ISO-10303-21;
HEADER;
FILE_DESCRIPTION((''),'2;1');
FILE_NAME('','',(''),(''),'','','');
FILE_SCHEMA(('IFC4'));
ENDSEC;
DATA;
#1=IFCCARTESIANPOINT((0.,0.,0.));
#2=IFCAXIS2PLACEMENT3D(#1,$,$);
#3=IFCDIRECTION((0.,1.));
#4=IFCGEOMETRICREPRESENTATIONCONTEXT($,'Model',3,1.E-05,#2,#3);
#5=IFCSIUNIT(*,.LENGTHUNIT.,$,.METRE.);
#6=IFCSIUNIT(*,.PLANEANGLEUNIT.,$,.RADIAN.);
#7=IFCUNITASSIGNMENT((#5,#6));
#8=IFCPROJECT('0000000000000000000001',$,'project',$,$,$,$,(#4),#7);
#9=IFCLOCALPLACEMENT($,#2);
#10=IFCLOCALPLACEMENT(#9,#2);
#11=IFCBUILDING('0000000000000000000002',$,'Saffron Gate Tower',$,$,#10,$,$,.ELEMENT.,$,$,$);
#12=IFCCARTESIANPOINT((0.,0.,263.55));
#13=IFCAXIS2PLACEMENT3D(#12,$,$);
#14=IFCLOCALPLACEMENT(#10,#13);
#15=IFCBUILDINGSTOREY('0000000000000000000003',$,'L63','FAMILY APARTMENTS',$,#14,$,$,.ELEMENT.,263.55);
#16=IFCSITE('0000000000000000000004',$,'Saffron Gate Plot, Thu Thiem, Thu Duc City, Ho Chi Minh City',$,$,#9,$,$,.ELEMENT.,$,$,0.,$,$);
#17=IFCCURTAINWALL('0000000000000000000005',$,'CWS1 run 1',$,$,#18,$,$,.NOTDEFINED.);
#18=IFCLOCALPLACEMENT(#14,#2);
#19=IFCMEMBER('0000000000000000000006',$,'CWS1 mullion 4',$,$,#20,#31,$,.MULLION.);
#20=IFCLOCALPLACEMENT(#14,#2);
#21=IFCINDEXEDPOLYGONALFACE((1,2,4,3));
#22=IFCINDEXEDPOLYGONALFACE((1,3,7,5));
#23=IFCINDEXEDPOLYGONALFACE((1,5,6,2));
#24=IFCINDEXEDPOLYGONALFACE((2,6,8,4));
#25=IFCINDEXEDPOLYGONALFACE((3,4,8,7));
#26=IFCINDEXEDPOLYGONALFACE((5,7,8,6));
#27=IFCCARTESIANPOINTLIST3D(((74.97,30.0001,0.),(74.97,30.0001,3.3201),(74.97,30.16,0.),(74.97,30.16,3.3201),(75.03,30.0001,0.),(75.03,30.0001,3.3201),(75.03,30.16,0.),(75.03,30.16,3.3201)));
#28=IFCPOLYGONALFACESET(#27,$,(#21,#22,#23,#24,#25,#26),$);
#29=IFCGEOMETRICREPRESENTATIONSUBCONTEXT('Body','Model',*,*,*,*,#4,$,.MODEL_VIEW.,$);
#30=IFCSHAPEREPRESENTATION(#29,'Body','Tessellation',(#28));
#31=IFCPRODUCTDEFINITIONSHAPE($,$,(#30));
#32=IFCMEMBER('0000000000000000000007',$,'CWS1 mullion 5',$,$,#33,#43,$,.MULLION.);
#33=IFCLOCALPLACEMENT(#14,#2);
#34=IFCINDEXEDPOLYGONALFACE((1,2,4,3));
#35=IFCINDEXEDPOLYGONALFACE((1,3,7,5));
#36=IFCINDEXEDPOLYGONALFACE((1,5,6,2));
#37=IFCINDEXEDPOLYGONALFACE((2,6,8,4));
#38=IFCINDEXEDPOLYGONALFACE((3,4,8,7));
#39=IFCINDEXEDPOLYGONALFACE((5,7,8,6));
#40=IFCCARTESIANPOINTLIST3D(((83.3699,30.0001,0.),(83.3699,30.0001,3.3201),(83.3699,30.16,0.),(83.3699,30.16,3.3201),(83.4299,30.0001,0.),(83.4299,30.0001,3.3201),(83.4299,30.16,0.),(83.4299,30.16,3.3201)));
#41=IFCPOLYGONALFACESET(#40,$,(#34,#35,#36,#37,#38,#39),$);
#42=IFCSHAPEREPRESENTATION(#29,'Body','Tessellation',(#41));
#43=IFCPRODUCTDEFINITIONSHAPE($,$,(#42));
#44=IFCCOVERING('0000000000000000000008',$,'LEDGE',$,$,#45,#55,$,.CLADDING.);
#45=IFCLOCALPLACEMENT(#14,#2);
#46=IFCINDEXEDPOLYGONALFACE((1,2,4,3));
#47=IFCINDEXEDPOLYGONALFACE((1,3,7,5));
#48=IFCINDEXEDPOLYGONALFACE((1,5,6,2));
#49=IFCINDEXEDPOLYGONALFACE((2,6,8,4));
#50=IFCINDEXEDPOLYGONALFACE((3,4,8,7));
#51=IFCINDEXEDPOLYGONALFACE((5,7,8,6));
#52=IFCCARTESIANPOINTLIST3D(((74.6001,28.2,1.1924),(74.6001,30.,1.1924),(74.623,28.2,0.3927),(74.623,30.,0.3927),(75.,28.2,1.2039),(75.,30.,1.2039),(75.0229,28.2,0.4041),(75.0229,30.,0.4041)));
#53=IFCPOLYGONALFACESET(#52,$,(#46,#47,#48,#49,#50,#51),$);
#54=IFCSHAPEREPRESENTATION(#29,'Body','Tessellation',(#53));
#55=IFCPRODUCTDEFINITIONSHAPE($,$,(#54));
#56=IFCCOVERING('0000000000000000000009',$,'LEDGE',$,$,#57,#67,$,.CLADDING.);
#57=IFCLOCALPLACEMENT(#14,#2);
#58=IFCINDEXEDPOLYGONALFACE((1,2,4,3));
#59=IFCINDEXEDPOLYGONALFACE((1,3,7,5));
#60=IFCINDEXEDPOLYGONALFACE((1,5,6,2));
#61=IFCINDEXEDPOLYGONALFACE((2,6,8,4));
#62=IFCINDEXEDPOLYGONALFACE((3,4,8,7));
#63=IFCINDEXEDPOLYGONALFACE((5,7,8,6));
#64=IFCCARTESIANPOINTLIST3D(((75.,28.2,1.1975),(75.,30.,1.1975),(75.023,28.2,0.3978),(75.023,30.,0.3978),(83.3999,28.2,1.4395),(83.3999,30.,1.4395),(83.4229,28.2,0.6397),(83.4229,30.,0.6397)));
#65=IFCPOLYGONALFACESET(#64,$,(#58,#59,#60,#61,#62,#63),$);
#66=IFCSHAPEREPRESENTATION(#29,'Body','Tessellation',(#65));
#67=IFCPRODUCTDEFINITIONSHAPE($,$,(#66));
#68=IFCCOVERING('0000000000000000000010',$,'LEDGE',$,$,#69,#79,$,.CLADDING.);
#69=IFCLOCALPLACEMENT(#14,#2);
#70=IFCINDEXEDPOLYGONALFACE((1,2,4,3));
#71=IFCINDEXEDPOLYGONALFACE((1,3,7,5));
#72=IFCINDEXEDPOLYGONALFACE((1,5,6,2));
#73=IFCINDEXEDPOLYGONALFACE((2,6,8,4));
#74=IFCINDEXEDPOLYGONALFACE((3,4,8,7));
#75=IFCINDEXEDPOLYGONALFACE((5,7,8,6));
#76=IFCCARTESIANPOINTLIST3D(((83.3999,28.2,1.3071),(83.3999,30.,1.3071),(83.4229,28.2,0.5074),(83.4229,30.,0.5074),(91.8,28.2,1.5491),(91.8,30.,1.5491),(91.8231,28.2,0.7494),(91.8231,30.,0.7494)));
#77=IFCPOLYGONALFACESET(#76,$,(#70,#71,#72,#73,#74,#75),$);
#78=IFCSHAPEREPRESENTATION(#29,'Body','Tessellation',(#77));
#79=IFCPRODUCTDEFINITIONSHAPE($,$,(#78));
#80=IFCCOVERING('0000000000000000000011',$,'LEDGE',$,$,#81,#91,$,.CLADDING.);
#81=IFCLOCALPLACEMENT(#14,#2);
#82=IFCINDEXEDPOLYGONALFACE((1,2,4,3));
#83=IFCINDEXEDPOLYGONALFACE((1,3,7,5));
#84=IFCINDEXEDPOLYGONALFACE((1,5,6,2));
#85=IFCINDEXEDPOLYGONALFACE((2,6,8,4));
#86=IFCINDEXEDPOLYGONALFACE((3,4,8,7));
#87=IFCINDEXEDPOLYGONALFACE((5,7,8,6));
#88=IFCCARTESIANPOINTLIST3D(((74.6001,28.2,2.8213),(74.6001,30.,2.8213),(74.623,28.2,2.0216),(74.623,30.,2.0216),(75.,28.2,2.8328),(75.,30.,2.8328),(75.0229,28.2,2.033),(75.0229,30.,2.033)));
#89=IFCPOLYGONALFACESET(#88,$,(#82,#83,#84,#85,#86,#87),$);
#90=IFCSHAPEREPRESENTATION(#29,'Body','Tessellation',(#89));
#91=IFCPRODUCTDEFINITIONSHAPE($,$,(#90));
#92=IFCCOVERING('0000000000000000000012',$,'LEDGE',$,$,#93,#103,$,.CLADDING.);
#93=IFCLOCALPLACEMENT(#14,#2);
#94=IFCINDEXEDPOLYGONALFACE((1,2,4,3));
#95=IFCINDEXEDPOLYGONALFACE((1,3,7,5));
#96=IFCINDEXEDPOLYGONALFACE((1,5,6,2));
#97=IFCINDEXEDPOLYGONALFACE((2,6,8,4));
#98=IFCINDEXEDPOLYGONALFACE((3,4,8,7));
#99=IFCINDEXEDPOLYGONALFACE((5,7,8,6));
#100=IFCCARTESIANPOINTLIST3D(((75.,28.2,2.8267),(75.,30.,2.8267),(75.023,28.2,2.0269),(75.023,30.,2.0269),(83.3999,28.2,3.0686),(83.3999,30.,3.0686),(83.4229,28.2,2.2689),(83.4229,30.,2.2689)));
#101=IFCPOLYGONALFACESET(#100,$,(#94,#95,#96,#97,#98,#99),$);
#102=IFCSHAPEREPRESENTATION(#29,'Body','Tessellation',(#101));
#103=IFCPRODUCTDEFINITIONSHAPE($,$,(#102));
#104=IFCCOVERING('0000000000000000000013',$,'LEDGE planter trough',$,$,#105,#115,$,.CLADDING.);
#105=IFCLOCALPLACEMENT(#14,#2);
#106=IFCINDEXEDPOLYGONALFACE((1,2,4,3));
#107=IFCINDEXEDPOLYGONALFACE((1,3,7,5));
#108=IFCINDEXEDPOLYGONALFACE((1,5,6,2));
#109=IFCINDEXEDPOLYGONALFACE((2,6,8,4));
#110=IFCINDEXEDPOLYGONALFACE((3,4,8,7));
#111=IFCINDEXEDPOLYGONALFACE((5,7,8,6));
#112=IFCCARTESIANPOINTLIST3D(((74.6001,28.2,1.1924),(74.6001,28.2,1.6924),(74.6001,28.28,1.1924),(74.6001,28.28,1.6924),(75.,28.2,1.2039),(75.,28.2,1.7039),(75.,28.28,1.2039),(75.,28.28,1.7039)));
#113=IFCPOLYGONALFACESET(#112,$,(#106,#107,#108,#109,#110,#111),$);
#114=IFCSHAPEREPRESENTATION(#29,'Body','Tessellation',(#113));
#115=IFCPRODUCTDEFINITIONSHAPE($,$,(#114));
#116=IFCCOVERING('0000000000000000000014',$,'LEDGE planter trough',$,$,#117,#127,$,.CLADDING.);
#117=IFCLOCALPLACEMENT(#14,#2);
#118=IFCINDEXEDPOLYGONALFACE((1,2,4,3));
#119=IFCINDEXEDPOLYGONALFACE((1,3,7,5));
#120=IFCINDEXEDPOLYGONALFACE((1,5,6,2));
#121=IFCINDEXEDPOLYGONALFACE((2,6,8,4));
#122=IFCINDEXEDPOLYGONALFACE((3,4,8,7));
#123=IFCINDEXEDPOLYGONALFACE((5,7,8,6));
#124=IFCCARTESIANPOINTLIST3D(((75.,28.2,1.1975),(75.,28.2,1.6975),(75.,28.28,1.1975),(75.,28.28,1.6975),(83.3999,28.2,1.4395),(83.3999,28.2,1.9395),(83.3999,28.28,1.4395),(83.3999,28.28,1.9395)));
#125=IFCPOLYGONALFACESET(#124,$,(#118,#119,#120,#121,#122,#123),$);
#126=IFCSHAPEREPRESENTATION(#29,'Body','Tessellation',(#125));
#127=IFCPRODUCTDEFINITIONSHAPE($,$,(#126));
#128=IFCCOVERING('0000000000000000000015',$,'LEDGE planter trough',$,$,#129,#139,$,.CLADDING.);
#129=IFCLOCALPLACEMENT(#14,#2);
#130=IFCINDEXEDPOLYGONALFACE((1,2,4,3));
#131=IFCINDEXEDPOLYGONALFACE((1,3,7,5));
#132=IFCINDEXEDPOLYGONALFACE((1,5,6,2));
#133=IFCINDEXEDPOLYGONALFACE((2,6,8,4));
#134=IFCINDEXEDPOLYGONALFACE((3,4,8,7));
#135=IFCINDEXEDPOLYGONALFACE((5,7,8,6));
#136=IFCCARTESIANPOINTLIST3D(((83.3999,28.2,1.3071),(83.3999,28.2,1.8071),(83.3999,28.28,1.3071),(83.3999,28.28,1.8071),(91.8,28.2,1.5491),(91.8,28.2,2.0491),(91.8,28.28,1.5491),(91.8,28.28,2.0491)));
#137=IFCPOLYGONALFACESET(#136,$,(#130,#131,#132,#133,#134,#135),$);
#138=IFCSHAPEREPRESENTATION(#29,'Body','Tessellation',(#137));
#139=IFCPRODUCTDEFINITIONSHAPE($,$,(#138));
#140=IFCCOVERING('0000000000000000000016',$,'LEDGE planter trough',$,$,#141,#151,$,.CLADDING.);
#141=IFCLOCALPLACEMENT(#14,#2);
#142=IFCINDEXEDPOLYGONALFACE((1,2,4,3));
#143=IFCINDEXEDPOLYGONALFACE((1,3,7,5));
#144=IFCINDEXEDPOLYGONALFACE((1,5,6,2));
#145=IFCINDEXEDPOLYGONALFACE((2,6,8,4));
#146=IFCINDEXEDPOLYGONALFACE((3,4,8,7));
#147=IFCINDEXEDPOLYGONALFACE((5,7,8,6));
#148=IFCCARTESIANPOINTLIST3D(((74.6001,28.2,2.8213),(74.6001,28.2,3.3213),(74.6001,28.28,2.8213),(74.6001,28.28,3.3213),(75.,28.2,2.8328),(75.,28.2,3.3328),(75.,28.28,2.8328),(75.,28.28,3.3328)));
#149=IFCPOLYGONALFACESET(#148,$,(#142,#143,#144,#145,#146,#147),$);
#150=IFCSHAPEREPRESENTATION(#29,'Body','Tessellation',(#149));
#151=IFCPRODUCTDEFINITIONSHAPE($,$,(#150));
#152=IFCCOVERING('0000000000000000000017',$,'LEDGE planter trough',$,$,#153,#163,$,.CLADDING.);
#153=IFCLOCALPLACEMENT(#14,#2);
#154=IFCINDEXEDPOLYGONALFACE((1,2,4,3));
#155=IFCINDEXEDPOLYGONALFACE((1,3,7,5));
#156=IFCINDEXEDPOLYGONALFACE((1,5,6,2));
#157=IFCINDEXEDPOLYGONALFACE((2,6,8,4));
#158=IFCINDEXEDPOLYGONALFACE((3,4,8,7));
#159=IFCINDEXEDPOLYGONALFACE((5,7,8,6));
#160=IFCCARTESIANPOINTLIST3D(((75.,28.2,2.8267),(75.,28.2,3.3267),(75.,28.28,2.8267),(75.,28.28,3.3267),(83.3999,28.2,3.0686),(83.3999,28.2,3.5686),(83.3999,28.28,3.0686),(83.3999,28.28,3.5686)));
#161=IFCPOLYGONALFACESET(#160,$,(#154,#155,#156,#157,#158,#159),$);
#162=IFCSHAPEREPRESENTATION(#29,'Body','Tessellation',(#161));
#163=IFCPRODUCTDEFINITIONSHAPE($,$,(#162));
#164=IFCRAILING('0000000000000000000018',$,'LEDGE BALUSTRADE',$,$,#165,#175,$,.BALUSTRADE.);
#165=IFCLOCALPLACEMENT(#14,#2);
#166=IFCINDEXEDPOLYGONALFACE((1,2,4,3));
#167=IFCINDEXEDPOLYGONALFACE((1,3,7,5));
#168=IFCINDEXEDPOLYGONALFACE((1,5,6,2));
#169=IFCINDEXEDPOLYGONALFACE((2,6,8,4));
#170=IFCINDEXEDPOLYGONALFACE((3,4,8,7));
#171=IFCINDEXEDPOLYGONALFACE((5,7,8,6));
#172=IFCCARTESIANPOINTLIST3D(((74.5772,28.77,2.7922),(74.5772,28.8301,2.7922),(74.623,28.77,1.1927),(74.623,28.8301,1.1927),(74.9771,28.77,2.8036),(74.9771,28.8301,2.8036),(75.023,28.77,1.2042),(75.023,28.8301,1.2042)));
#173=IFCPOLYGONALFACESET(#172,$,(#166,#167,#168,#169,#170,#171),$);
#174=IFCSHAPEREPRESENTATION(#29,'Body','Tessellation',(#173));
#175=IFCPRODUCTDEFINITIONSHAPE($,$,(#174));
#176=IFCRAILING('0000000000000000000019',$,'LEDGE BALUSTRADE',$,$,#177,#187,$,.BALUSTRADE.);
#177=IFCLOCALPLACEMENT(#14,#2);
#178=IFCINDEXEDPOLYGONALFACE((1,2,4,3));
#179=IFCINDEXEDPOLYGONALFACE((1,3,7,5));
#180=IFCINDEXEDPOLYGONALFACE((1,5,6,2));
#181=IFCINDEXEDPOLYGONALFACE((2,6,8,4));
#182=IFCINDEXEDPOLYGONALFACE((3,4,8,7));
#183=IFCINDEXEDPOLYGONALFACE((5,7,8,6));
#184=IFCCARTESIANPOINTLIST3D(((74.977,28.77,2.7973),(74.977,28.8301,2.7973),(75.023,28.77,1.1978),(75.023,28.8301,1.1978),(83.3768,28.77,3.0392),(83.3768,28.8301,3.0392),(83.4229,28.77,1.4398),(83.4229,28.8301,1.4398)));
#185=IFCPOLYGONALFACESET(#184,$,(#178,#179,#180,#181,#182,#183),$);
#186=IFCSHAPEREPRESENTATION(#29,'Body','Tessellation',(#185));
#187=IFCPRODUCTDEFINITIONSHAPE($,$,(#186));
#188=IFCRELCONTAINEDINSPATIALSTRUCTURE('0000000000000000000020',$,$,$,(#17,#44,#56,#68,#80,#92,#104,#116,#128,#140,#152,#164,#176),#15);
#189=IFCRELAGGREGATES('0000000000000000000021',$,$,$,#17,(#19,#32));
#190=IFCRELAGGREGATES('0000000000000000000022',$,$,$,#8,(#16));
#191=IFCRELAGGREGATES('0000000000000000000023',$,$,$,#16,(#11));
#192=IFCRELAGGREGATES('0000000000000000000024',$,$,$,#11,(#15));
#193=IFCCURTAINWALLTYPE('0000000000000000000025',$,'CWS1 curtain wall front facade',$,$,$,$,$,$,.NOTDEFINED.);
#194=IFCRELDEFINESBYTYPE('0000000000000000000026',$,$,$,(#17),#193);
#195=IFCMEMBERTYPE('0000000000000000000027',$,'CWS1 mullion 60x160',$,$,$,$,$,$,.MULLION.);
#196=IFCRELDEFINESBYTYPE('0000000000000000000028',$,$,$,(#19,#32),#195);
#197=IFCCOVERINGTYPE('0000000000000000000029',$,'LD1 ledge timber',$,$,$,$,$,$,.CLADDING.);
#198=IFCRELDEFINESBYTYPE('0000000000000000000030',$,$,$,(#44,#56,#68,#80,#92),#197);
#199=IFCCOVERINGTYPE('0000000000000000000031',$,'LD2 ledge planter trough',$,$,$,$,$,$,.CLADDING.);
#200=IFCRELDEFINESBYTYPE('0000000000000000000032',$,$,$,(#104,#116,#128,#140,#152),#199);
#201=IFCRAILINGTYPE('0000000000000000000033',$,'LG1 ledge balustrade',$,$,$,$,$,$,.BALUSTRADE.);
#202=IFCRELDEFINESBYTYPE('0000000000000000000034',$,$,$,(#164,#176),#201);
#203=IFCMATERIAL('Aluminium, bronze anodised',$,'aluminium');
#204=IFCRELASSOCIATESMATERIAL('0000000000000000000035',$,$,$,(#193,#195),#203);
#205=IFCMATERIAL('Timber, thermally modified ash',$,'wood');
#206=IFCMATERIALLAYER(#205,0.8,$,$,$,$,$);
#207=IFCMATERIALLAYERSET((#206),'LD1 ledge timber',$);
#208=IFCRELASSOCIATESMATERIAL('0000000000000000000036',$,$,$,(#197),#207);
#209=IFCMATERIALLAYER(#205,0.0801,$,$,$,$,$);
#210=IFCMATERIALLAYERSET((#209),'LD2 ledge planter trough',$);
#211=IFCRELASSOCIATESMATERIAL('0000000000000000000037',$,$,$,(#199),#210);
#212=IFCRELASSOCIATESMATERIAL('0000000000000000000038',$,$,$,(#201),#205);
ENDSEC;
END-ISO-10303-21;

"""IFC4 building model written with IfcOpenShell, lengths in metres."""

from ifc_helpers import new_model, si_unit, direction, frame, origin, origin_2d, place, context, subcontext, project, spatial, polyline, rectangle, outline, extrude, material, layer, layer_set, material_profile, profile_set, type_object, element, aggregate, save


model = new_model("IFC4")

# Units and contexts
model_context = context("Model", 3, precision=1e-05, world=origin(), true_north=direction((0.0, 1.0)))
body_context = subcontext(model_context, "Body", "Model", "MODEL_VIEW")
ifc_project = project(units=[si_unit("LENGTHUNIT", "METRE"), si_unit("PLANEANGLEUNIT", "RADIAN")], contexts=[model_context])

# Site, building, storey
site_placement = place(None, origin())
site = spatial("IfcSite", under=ifc_project, at=site_placement, Name="Saffron Gate Plot, Thu Thiem, Thu Duc City, Ho Chi Minh City", CompositionType="ELEMENT", RefElevation=0.0)
building_placement = place(site_placement, origin())
building = spatial("IfcBuilding", under=site, at=building_placement, Name="Saffron Gate Tower", CompositionType="ELEMENT")
storey_placement = place(building_placement, frame((0.0, 0.0, 263.55)))
storey = spatial("IfcBuildingStorey", under=building, at=storey_placement, Name="L63", Description="FAMILY APARTMENTS", CompositionType="ELEMENT", Elevation=263.55)

# Curtain wall, members
ifc_material_1 = material(Name="Aluminium, bronze anodised", Category="aluminium")
curtain_wall_type = type_object("IfcCurtainWallType", Name="CWS1 curtain wall front facade", PredefinedType="NOTDEFINED", material=ifc_material_1)
curtain_wall_placement = place(storey_placement, origin())
curtain_wall = element("IfcCurtainWall", 1, at=curtain_wall_placement, inside=storey, type_object=curtain_wall_type, Name="CWS1 run 1", PredefinedType="NOTDEFINED")
ifc_material_profile = material_profile(ifc_material_1, rectangle(XDim=0.1599, YDim=0.0601, at=origin_2d()))
ifc_profile_set = profile_set([ifc_material_profile], Name="Aluminium, bronze anodised")
member_type = type_object("IfcMemberType", Name="CWS1 mullion 60x160", PredefinedType="MULLION", material=ifc_profile_set)
member_1_placement = place(storey_placement, frame((75.0, 30.0801, 0.0), z_axis=(0.0, 0.0, 1.0), x_axis=(0.0, 1.0, 0.0)))
member_1 = element("IfcMember", 2, at=member_1_placement, type_object=member_type, Name="CWS1 mullion 4", PredefinedType="MULLION", context=body_context, shape_type="SweptSolid", body=[
    extrude(rectangle(XDim=0.1599, YDim=0.0601, at=origin_2d()), origin(), (0.0, 0.0, 1.0), 3.3201),
])
member_2_placement = place(storey_placement, frame((83.3999, 30.0801, 0.0), z_axis=(0.0, 0.0, 1.0), x_axis=(0.0, 1.0, 0.0)))
member_2 = element("IfcMember", 3, at=member_2_placement, type_object=member_type, Name="CWS1 mullion 5", PredefinedType="MULLION", context=body_context, shape_type="SweptSolid", body=[
    extrude(rectangle(XDim=0.1599, YDim=0.0601, at=origin_2d()), origin(), (0.0, 0.0, 1.0), 3.3201),
])
aggregate(curtain_wall, [member_1, member_2])

# Coverings
ifc_material_2 = material(Name="Timber, thermally modified ash", Category="wood")
ifc_layer_1 = layer(ifc_material_2, 0.8)
ifc_layer_set_1 = layer_set([ifc_layer_1], Name="LD1 ledge timber")
covering_type_1 = type_object("IfcCoveringType", Name="LD1 ledge timber", PredefinedType="CLADDING", material=ifc_layer_set_1)
covering_1_placement = place(storey_placement, frame((74.6001, 30.0, 1.1924), z_axis=(-0.028682, 0.0, 0.999589), x_axis=(0.999589, 0.0, 0.028682)))
element("IfcCovering", 4, at=covering_1_placement, inside=storey, type_object=covering_type_1, Name="LEDGE", PredefinedType="CLADDING", context=body_context, shape_type="SweptSolid", body=[
    extrude(outline(polyline([(0.0, 0.0), (0.4001, 0.0), (0.4001, -1.8), (0.0, -1.8), (0.0, 0.0)])), origin(), (0.0, 0.0, -1.0), 0.8),
])
covering_2_placement = place(storey_placement, frame((75.0, 30.0, 1.1975), z_axis=(-0.028791, 0.0, 0.999585), x_axis=(0.999585, 0.0, 0.028791)))
element("IfcCovering", 5, at=covering_2_placement, inside=storey, type_object=covering_type_1, Name="LEDGE", PredefinedType="CLADDING", context=body_context, shape_type="SweptSolid", body=[
    extrude(outline(polyline([(0.0, 0.0), (8.4034, 0.0), (8.4034, -1.8), (0.0, -1.8), (0.0, 0.0)])), origin(), (0.0, 0.0, -1.0), 0.8),
])
covering_3_placement = place(storey_placement, frame((83.3999, 30.0, 1.3071), z_axis=(-0.02879, 0.0, 0.999585), x_axis=(0.999585, 0.0, 0.02879)))
element("IfcCovering", 6, at=covering_3_placement, inside=storey, type_object=covering_type_1, Name="LEDGE", PredefinedType="CLADDING", context=body_context, shape_type="SweptSolid", body=[
    extrude(outline(polyline([(0.0, 0.0), (8.4036, 0.0), (8.4036, -1.8), (0.0, -1.8), (0.0, 0.0)])), origin(), (0.0, 0.0, -1.0), 0.8),
])
covering_4_placement = place(storey_placement, frame((74.6001, 30.0, 2.8213), z_axis=(-0.028682, 0.0, 0.999589), x_axis=(0.999589, 0.0, 0.028682)))
element("IfcCovering", 7, at=covering_4_placement, inside=storey, type_object=covering_type_1, Name="LEDGE", PredefinedType="CLADDING", context=body_context, shape_type="SweptSolid", body=[
    extrude(outline(polyline([(0.0, 0.0), (0.4001, 0.0), (0.4001, -1.8), (0.0, -1.8), (0.0, 0.0)])), origin(), (0.0, 0.0, -1.0), 0.8),
])
covering_5_placement = place(storey_placement, frame((75.0, 30.0, 2.8267), z_axis=(-0.028791, 0.0, 0.999585), x_axis=(0.999585, 0.0, 0.028791)))
element("IfcCovering", 8, at=covering_5_placement, inside=storey, type_object=covering_type_1, Name="LEDGE", PredefinedType="CLADDING", context=body_context, shape_type="SweptSolid", body=[
    extrude(outline(polyline([(0.0, 0.0), (8.4034, 0.0), (8.4034, -1.8), (0.0, -1.8), (0.0, 0.0)])), origin(), (0.0, 0.0, -1.0), 0.8),
])
ifc_layer_2 = layer(ifc_material_2, 0.0801)
ifc_layer_set_2 = layer_set([ifc_layer_2], Name="LD2 ledge planter trough")
covering_type_2 = type_object("IfcCoveringType", Name="LD2 ledge planter trough", PredefinedType="CLADDING", material=ifc_layer_set_2)
covering_6_placement = place(storey_placement, frame((74.6001, 28.2, 1.1924), z_axis=(0.0, -1.0, 0.0), x_axis=(0.999589, 0.0, 0.028682)))
element("IfcCovering", 9, at=covering_6_placement, inside=storey, type_object=covering_type_2, Name="LEDGE planter trough", PredefinedType="CLADDING", context=body_context, shape_type="SweptSolid", body=[
    extrude(outline(polyline([(0.0, 0.0), (0.4001, 0.0), (0.4144, 0.4998), (0.0143, 0.4998), (0.0, 0.0)])), origin(), (0.0, 0.0, -1.0), 0.0801),
])
covering_7_placement = place(storey_placement, frame((75.0, 28.2, 1.1975), z_axis=(0.0, -1.0, 0.0), x_axis=(0.999585, 0.0, 0.028791)))
element("IfcCovering", 10, at=covering_7_placement, inside=storey, type_object=covering_type_2, Name="LEDGE planter trough", PredefinedType="CLADDING", context=body_context, shape_type="SweptSolid", body=[
    extrude(outline(polyline([(0.0, 0.0), (8.4034, 0.0), (8.4178, 0.4998), (0.0144, 0.4998), (0.0, 0.0)])), origin(), (0.0, 0.0, -1.0), 0.0801),
])
covering_8_placement = place(storey_placement, frame((83.3999, 28.2, 1.3071), z_axis=(0.0, -1.0, 0.0), x_axis=(0.999585, 0.0, 0.02879)))
element("IfcCovering", 11, at=covering_8_placement, inside=storey, type_object=covering_type_2, Name="LEDGE planter trough", PredefinedType="CLADDING", context=body_context, shape_type="SweptSolid", body=[
    extrude(outline(polyline([(0.0, 0.0), (8.4036, 0.0), (8.418, 0.4998), (0.0144, 0.4998), (0.0, 0.0)])), origin(), (0.0, 0.0, -1.0), 0.0801),
])
covering_9_placement = place(storey_placement, frame((74.6001, 28.2, 2.8213), z_axis=(0.0, -1.0, 0.0), x_axis=(0.999589, 0.0, 0.028682)))
element("IfcCovering", 12, at=covering_9_placement, inside=storey, type_object=covering_type_2, Name="LEDGE planter trough", PredefinedType="CLADDING", context=body_context, shape_type="SweptSolid", body=[
    extrude(outline(polyline([(0.0, 0.0), (0.4001, 0.0), (0.4144, 0.4998), (0.0143, 0.4998), (0.0, 0.0)])), origin(), (0.0, 0.0, -1.0), 0.0801),
])
covering_10_placement = place(storey_placement, frame((75.0, 28.2, 2.8267), z_axis=(0.0, -1.0, 0.0), x_axis=(0.999585, 0.0, 0.028791)))
element("IfcCovering", 13, at=covering_10_placement, inside=storey, type_object=covering_type_2, Name="LEDGE planter trough", PredefinedType="CLADDING", context=body_context, shape_type="SweptSolid", body=[
    extrude(outline(polyline([(0.0, 0.0), (8.4034, 0.0), (8.4178, 0.4998), (0.0144, 0.4998), (0.0, 0.0)])), origin(), (0.0, 0.0, -1.0), 0.0801),
])

# Railings
railing_type = type_object("IfcRailingType", Name="LG1 ledge balustrade", PredefinedType="BALUSTRADE", material=ifc_material_2)
railing_1_placement = place(storey_placement, frame((74.6001, 28.8, 1.1924)))
element("IfcRailing", 14, at=railing_1_placement, inside=storey, type_object=railing_type, Name="LEDGE BALUSTRADE", PredefinedType="BALUSTRADE", context=body_context, shape_type="SweptSolid", body=[
    extrude(rectangle(XDim=0.0601, YDim=1.6001, at=origin_2d()), frame((0.0, 0.0, 0.8), z_axis=(0.999589, 0.0, 0.028682), x_axis=(0.0, 1.0, 0.0)), (0.0, 0.0, 1.0), 0.4001),
])
railing_2_placement = place(storey_placement, frame((75.0, 28.8, 1.1975)))
element("IfcRailing", 15, at=railing_2_placement, inside=storey, type_object=railing_type, Name="LEDGE BALUSTRADE", PredefinedType="BALUSTRADE", context=body_context, shape_type="SweptSolid", body=[
    extrude(rectangle(XDim=0.0601, YDim=1.6001, at=origin_2d()), frame((0.0, 0.0, 0.8), z_axis=(0.999585, 0.0, 0.028791), x_axis=(0.0, 1.0, 0.0)), (0.0, 0.0, 1.0), 8.4033),
])

save(model, "model.ifc")
